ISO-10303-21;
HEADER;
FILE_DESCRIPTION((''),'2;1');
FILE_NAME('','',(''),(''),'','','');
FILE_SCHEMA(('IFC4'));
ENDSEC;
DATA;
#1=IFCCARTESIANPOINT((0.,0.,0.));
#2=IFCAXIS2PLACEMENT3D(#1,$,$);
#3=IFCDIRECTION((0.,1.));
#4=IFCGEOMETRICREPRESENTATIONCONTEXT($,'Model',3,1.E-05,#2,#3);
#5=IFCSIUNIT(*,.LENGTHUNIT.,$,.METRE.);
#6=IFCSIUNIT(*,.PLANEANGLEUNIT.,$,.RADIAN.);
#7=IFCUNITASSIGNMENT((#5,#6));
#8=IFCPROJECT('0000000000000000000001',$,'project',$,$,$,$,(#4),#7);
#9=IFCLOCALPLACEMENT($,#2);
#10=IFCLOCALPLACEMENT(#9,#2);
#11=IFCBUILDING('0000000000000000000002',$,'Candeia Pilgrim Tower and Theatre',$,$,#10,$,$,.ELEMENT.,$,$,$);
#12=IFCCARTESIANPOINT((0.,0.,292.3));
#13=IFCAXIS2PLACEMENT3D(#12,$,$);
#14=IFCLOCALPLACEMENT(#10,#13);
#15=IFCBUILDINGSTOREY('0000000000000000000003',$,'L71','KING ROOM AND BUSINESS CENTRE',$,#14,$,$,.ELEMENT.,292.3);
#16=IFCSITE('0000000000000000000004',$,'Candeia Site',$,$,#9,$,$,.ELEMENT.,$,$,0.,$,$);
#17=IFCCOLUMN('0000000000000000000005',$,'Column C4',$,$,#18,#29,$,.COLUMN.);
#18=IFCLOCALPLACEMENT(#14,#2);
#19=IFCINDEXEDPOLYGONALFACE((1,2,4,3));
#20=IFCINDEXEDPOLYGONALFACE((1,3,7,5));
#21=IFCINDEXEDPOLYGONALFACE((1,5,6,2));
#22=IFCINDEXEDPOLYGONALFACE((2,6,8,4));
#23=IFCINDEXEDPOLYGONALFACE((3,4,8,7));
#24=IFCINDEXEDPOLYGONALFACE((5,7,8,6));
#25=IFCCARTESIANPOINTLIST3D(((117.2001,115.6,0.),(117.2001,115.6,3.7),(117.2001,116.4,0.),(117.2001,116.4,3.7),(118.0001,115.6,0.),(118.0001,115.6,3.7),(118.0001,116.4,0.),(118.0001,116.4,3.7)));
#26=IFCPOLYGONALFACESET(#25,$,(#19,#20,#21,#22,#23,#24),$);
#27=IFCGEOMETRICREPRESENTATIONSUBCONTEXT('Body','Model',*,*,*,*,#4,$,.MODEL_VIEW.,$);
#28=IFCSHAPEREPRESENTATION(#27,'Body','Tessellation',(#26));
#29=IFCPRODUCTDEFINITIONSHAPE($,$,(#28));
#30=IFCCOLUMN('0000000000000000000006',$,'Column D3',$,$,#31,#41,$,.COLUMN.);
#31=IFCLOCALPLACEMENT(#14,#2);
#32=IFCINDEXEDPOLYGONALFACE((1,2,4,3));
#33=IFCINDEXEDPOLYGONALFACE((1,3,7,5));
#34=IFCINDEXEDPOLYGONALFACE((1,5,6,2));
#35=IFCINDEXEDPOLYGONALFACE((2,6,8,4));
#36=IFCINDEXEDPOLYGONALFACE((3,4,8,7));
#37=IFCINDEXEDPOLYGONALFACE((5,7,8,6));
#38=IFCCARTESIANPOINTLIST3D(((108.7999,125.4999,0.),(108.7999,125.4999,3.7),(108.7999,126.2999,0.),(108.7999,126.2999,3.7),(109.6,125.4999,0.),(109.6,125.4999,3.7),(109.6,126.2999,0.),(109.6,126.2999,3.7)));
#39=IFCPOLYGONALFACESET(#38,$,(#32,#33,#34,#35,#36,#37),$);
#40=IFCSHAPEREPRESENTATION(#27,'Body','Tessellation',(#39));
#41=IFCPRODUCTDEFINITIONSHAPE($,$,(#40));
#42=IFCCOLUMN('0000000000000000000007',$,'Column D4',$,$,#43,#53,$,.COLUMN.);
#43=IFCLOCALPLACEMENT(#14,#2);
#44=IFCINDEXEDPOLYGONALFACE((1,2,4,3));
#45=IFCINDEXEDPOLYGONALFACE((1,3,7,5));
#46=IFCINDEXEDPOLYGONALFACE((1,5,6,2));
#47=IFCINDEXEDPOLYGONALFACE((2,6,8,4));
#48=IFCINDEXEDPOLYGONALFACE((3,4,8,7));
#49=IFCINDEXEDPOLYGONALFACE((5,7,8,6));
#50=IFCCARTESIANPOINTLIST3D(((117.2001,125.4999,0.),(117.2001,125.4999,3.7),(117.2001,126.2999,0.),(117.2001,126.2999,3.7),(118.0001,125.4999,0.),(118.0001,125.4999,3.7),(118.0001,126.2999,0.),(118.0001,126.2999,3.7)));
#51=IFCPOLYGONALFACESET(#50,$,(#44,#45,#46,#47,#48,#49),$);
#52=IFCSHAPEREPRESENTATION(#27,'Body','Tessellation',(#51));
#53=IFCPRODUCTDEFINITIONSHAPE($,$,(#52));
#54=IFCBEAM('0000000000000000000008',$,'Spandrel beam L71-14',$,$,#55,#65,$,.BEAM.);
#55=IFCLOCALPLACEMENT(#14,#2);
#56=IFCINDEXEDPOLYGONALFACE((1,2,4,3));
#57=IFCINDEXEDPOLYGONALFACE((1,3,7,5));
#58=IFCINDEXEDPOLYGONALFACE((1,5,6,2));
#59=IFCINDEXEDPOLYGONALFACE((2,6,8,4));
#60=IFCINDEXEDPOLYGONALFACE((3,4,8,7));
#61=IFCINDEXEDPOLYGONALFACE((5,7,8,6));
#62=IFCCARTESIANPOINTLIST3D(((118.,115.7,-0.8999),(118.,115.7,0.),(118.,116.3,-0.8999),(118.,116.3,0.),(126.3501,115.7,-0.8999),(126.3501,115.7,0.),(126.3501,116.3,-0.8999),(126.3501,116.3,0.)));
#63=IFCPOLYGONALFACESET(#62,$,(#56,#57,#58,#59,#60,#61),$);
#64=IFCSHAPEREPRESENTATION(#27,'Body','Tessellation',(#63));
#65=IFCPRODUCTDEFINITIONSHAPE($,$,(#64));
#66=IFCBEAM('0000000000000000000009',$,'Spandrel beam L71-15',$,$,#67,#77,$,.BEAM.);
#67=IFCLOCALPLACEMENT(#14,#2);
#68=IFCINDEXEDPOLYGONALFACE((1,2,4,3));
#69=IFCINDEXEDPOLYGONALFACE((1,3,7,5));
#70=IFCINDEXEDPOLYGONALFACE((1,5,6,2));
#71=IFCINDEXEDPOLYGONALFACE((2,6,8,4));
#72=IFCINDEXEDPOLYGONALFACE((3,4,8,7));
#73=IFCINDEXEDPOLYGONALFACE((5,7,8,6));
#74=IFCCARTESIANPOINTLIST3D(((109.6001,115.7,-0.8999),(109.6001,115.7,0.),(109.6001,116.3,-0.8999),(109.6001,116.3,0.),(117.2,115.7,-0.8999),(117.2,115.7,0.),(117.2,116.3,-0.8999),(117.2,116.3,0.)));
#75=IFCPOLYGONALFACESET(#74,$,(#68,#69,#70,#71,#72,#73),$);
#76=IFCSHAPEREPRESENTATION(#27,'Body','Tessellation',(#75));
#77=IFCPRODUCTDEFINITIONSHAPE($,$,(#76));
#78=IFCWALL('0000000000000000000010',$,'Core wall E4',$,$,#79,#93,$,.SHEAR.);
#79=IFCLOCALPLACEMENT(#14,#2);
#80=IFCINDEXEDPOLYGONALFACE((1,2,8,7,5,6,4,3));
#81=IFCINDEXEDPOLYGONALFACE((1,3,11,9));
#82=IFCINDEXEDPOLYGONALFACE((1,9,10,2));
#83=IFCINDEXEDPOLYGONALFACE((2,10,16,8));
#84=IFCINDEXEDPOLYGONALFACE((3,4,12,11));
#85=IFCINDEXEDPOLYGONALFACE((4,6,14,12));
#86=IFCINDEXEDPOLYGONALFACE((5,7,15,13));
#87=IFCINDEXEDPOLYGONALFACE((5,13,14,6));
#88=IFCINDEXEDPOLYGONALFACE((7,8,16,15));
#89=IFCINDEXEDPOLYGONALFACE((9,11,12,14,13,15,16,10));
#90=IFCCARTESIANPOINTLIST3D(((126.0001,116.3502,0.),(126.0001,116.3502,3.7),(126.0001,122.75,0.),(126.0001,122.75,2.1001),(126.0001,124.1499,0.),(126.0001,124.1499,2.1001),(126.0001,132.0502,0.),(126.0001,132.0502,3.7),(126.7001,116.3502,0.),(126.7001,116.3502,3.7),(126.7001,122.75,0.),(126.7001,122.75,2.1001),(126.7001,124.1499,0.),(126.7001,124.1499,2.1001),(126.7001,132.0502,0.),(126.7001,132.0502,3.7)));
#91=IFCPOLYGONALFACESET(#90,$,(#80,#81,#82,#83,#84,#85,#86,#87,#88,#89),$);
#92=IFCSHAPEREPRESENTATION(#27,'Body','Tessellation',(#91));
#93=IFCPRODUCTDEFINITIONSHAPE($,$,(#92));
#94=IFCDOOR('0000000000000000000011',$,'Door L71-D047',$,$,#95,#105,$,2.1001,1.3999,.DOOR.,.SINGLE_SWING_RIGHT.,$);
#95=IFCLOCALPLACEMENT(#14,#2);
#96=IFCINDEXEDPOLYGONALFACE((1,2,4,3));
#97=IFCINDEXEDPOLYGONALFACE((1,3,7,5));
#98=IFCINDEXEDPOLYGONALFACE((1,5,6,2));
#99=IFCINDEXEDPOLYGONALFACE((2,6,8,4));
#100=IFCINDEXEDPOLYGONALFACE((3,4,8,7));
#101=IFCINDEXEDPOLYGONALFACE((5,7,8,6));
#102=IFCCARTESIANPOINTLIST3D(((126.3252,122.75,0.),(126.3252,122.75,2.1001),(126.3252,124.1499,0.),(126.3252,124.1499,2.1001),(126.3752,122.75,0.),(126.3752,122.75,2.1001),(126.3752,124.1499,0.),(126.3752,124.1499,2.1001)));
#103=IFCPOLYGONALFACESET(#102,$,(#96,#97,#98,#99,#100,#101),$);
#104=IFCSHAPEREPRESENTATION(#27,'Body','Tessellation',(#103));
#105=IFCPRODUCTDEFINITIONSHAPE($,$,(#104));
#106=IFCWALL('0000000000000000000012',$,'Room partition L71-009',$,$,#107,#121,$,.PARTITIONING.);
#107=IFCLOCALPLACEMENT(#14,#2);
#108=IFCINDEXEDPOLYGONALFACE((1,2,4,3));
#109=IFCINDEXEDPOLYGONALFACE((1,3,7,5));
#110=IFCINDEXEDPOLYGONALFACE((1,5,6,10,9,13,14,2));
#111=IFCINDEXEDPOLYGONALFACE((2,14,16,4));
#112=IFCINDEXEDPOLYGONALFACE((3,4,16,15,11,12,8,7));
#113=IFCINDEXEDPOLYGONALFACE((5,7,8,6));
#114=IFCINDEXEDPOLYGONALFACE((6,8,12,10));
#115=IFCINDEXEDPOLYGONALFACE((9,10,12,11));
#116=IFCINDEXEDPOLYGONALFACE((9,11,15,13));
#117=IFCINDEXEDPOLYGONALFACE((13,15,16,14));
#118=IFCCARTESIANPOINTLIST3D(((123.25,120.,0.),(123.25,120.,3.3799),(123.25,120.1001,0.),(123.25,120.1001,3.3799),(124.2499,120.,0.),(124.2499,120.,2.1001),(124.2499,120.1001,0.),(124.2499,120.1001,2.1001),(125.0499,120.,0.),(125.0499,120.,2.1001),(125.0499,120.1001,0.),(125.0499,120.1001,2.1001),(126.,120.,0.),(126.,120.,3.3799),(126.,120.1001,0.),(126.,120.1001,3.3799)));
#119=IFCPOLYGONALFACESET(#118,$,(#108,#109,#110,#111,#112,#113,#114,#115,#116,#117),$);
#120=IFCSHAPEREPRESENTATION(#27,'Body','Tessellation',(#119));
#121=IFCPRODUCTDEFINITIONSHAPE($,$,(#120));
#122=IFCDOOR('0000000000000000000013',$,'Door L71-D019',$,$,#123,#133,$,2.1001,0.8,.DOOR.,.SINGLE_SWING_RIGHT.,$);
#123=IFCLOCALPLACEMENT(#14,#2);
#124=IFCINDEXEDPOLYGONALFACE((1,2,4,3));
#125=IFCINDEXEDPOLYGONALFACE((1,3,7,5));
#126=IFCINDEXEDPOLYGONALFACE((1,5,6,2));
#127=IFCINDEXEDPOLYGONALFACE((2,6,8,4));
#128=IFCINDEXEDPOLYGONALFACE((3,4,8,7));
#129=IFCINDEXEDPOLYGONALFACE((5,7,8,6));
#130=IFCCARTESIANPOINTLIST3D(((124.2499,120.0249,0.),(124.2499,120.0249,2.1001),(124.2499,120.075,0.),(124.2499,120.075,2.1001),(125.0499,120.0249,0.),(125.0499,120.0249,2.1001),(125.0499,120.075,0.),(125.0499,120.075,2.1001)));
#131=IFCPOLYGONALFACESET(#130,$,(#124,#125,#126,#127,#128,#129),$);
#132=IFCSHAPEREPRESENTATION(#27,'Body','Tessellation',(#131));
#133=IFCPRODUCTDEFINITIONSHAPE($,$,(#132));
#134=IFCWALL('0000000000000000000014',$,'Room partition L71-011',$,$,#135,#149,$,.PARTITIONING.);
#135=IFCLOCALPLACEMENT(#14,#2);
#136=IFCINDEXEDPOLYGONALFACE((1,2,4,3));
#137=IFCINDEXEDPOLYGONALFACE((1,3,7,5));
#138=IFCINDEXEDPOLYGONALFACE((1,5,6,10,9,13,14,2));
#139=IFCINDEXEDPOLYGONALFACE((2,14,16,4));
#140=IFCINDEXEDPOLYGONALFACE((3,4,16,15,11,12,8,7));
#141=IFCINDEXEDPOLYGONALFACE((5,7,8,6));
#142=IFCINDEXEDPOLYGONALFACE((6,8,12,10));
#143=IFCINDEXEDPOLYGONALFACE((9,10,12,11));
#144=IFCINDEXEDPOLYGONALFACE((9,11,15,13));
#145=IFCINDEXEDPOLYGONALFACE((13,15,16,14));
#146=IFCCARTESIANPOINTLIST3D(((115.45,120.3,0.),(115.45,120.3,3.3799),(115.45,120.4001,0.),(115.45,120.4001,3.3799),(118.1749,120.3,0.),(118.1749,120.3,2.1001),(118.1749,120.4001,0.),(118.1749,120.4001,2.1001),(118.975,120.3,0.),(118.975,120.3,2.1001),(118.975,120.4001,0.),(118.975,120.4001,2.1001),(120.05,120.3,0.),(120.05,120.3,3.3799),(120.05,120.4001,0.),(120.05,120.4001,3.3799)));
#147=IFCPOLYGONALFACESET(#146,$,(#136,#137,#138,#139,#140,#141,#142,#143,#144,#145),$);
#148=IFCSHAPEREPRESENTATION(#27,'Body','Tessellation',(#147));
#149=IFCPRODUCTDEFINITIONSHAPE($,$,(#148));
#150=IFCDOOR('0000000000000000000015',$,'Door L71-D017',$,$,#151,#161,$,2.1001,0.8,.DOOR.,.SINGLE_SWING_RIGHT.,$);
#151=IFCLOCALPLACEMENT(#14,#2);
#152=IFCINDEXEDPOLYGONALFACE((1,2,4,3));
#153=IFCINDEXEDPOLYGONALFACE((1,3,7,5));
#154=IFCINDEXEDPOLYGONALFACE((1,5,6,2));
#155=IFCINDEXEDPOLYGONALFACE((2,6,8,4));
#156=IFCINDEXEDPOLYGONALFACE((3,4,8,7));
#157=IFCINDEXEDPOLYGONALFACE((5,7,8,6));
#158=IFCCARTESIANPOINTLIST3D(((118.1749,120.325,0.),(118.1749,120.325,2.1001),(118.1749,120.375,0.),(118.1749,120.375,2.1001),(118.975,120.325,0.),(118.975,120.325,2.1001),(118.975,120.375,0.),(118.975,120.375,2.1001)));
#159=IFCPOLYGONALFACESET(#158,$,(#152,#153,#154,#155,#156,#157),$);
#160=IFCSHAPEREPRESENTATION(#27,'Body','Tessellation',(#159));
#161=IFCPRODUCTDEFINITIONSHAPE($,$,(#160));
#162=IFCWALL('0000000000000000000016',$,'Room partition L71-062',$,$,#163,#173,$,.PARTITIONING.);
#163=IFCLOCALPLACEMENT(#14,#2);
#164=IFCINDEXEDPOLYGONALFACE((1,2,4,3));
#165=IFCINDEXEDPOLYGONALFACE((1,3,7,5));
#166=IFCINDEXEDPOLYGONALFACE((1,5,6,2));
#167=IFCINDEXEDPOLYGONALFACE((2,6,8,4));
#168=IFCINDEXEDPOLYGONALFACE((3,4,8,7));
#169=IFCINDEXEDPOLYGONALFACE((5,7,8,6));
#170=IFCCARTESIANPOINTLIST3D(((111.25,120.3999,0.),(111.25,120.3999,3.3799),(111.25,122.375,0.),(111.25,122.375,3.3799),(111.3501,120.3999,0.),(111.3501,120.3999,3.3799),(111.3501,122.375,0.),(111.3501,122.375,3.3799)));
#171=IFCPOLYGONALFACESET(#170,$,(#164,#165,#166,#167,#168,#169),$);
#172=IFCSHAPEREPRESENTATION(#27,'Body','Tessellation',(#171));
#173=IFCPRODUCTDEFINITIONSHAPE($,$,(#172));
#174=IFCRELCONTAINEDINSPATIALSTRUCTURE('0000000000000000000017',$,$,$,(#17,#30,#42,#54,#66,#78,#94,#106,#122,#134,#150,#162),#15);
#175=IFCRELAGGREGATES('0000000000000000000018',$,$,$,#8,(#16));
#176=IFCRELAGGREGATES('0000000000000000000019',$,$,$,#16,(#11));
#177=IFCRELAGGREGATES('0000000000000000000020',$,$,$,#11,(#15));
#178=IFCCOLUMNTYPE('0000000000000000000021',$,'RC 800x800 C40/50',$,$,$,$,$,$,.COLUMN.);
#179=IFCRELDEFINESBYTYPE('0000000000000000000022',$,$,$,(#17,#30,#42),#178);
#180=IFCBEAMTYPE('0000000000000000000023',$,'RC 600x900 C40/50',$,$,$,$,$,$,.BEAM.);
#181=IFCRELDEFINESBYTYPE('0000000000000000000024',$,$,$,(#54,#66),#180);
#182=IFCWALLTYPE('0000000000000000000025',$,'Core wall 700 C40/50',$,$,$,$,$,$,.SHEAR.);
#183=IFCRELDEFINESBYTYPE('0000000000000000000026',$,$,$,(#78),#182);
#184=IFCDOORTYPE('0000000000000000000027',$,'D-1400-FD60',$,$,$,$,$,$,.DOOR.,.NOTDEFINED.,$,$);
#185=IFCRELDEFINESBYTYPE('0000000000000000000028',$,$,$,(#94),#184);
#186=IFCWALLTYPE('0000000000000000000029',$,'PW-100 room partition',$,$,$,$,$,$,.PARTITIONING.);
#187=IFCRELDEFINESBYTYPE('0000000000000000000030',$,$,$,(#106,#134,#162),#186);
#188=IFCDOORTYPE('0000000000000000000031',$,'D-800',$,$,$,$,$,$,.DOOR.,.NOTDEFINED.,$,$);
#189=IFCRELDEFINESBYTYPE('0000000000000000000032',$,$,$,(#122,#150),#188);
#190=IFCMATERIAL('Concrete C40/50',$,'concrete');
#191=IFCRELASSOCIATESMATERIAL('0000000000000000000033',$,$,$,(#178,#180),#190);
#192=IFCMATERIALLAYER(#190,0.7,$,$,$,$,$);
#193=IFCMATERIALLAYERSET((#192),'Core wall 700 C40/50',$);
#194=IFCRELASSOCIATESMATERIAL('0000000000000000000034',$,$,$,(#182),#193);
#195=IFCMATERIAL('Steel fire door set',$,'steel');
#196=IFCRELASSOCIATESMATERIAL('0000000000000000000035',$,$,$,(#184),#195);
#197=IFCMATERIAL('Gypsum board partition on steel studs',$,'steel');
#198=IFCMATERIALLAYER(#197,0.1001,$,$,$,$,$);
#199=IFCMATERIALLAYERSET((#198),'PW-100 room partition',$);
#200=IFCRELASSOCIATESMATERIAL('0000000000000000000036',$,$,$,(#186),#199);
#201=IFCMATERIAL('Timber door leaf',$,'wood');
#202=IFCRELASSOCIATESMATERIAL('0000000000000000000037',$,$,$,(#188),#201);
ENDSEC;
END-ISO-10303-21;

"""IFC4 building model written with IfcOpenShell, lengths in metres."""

from ifc_helpers import new_model, si_unit, direction, frame, frame_2d, origin, origin_2d, place, context, subcontext, project, spatial, rectangle, extrude, material, layer, layer_set, material_profile, profile_set, type_object, element, fill, save


model = new_model("IFC4")

# Units and contexts
model_context = context("Model", 3, precision=1e-05, world=origin(), true_north=direction((0.0, 1.0)))
body_context = subcontext(model_context, "Body", "Model", "MODEL_VIEW")
ifc_project = project(units=[si_unit("LENGTHUNIT", "METRE"), si_unit("PLANEANGLEUNIT", "RADIAN")], contexts=[model_context])

# Site, building, storey
site_placement = place(None, origin())
site = spatial("IfcSite", under=ifc_project, at=site_placement, Name="Candeia Site", CompositionType="ELEMENT", RefElevation=0.0)
building_placement = place(site_placement, origin())
building = spatial("IfcBuilding", under=site, at=building_placement, Name="Candeia Pilgrim Tower and Theatre", CompositionType="ELEMENT")
storey_placement = place(building_placement, frame((0.0, 0.0, 292.3)))
storey = spatial("IfcBuildingStorey", under=building, at=storey_placement, Name="L71", Description="KING ROOM AND BUSINESS CENTRE", CompositionType="ELEMENT", Elevation=292.3)

# Columns
ifc_material_1 = material(Name="Concrete C40/50", Category="concrete")
ifc_material_profile_1 = material_profile(ifc_material_1, rectangle(XDim=0.8, YDim=0.8, at=origin_2d()))
ifc_profile_set_1 = profile_set([ifc_material_profile_1], Name="Concrete C40/50")
column_type = type_object("IfcColumnType", Name="RC 800x800 C40/50", PredefinedType="COLUMN", material=ifc_profile_set_1)
for number, where, z_axis, x_axis, name in (
    (1, (117.6001, 116.0, 0.0), (0.0, 0.0, 1.0), (1.0, 0.0, 0.0), "Column C4"),
    (2, (109.2, 125.8999, 0.0), (0.0, 0.0, 1.0), (1.0, 0.0, 0.0), "Column D3"),
    (3, (117.6001, 125.8999, 0.0), (0.0, 0.0, 1.0), (1.0, 0.0, 0.0), "Column D4"),
):
    element("IfcColumn", number, at=place(storey_placement, frame(where, z_axis=z_axis, x_axis=x_axis)), inside=storey, type_object=column_type, Name=name, PredefinedType="COLUMN", context=body_context, shape_type="SweptSolid", body=[
        extrude(rectangle(XDim=0.8, YDim=0.8, at=origin_2d()), origin(), (0.0, 0.0, 1.0), 3.7),
    ])

# Beams
ifc_material_profile_2 = material_profile(ifc_material_1, rectangle(XDim=0.6001, YDim=0.8999, at=origin_2d()))
ifc_profile_set_2 = profile_set([ifc_material_profile_2], Name="Concrete C40/50")
beam_type = type_object("IfcBeamType", Name="RC 600x900 C40/50", PredefinedType="BEAM", material=ifc_profile_set_2)
beam_1_placement = place(storey_placement, frame((126.3501, 116.0, -0.45), z_axis=(-1.0, 0.0, 0.0), x_axis=(0.0, -1.0, 0.0)))
element("IfcBeam", 4, at=beam_1_placement, inside=storey, type_object=beam_type, Name="Spandrel beam L71-14", PredefinedType="BEAM", context=body_context, shape_type="SweptSolid", body=[
    extrude(rectangle(XDim=0.6001, YDim=0.8999, at=origin_2d()), origin(), (0.0, 0.0, 1.0), 8.3501),
])
beam_2_placement = place(storey_placement, frame((117.2, 116.0, -0.45), z_axis=(-1.0, 0.0, 0.0), x_axis=(0.0, -1.0, 0.0)))
element("IfcBeam", 5, at=beam_2_placement, inside=storey, type_object=beam_type, Name="Spandrel beam L71-15", PredefinedType="BEAM", context=body_context, shape_type="SweptSolid", body=[
    extrude(rectangle(XDim=0.6001, YDim=0.8999, at=origin_2d()), origin(), (0.0, 0.0, 1.0), 7.5999),
])

# Walls, openings, doors
ifc_layer_1 = layer(ifc_material_1, 0.7)
ifc_layer_set_1 = layer_set([ifc_layer_1], Name="Core wall 700 C40/50")
wall_type_1 = type_object("IfcWallType", Name="Core wall 700 C40/50", PredefinedType="SHEAR", material=ifc_layer_set_1)
wall_1_placement = place(storey_placement, frame((126.3501, 116.3501, 0.0), z_axis=(0.0, 0.0, 1.0), x_axis=(0.0, 1.0, 0.0)))
wall_1 = element("IfcWall", 6, at=wall_1_placement, inside=storey, type_object=wall_type_1, Name="Core wall E4", PredefinedType="SHEAR", context=body_context, shape_type="SweptSolid", body=[
    extrude(rectangle(XDim=15.7, YDim=0.7, at=frame_2d((7.8501, 0.0))), origin(), (0.0, 0.0, 1.0), 3.7),
])
opening_1_placement = place(wall_1_placement, frame((6.3999, 0.0, 0.0)))
opening_1 = element("IfcOpeningElement", 7, at=opening_1_placement, cuts=wall_1, PredefinedType="OPENING", context=body_context, shape_type="SweptSolid", body=[
    extrude(rectangle(XDim=1.3999, YDim=2.1001, at=frame_2d((0.7, 1.05))), frame((0.0, 0.3599, 0.0), z_axis=(0.0, -1.0, 0.0), x_axis=(1.0, 0.0, 0.0)), (0.0, 0.0, 1.0), 0.72),
])
ifc_material_2 = material(Name="Steel fire door set", Category="steel")
door_type_1 = type_object("IfcDoorType", Name="D-1400-FD60", OperationType="NOTDEFINED", PredefinedType="DOOR", material=ifc_material_2)
door_1_placement = place(opening_1_placement, origin())
door_1 = element("IfcDoor", 8, at=door_1_placement, inside=storey, type_object=door_type_1, Name="Door L71-D047", OperationType="SINGLE_SWING_RIGHT", OverallHeight=2.1001, OverallWidth=1.3999, PredefinedType="DOOR", context=body_context, shape_type="SweptSolid", body=[
    extrude(rectangle(XDim=1.3999, YDim=2.1001, at=frame_2d((0.7, 1.05))), frame((0.0, 0.0249, 0.0), z_axis=(0.0, -1.0, 0.0), x_axis=(1.0, 0.0, 0.0)), (0.0, 0.0, 1.0), 0.05),
])
fill(opening_1, door_1)
ifc_material_3 = material(Name="Gypsum board partition on steel studs", Category="steel")
ifc_layer_2 = layer(ifc_material_3, 0.1001)
ifc_layer_set_2 = layer_set([ifc_layer_2], Name="PW-100 room partition")
wall_type_2 = type_object("IfcWallType", Name="PW-100 room partition", PredefinedType="PARTITIONING", material=ifc_layer_set_2)
wall_2_placement = place(storey_placement, frame((123.25, 120.05, 0.0), z_axis=(0.0, 0.0, 1.0), x_axis=(1.0, 0.0, 0.0)))
wall_2 = element("IfcWall", 9, at=wall_2_placement, inside=storey, type_object=wall_type_2, Name="Room partition L71-009", PredefinedType="PARTITIONING", context=body_context, shape_type="SweptSolid", body=[
    extrude(rectangle(XDim=2.75, YDim=0.1001, at=frame_2d((1.375, 0.0))), origin(), (0.0, 0.0, 1.0), 3.3799),
])
opening_2_placement = place(wall_2_placement, frame((1.0, 0.0, 0.0)))
opening_2 = element("IfcOpeningElement", 10, at=opening_2_placement, cuts=wall_2, PredefinedType="OPENING", context=body_context, shape_type="SweptSolid", body=[
    extrude(rectangle(XDim=0.8, YDim=2.1001, at=frame_2d((0.3999, 1.05))), frame((0.0, 0.0601, 0.0), z_axis=(0.0, -1.0, 0.0), x_axis=(1.0, 0.0, 0.0)), (0.0, 0.0, 1.0), 0.1201),
])
ifc_material_4 = material(Name="Timber door leaf", Category="wood")
door_type_2 = type_object("IfcDoorType", Name="D-800", OperationType="NOTDEFINED", PredefinedType="DOOR", material=ifc_material_4)
door_2_placement = place(opening_2_placement, origin())
door_2 = element("IfcDoor", 11, at=door_2_placement, inside=storey, type_object=door_type_2, Name="Door L71-D019", OperationType="SINGLE_SWING_RIGHT", OverallHeight=2.1001, OverallWidth=0.8, PredefinedType="DOOR", context=body_context, shape_type="SweptSolid", body=[
    extrude(rectangle(XDim=0.8, YDim=2.1001, at=frame_2d((0.3999, 1.05))), frame((0.0, 0.0249, 0.0), z_axis=(0.0, -1.0, 0.0), x_axis=(1.0, 0.0, 0.0)), (0.0, 0.0, 1.0), 0.05),
])
fill(opening_2, door_2)
wall_3_placement = place(storey_placement, frame((115.45, 120.3501, 0.0), z_axis=(0.0, 0.0, 1.0), x_axis=(1.0, 0.0, 0.0)))
wall_3 = element("IfcWall", 12, at=wall_3_placement, inside=storey, type_object=wall_type_2, Name="Room partition L71-011", PredefinedType="PARTITIONING", context=body_context, shape_type="SweptSolid", body=[
    extrude(rectangle(XDim=4.6001, YDim=0.1001, at=frame_2d((2.3, 0.0))), origin(), (0.0, 0.0, 1.0), 3.3799),
])
opening_3_placement = place(wall_3_placement, frame((2.7251, 0.0, 0.0)))
opening_3 = element("IfcOpeningElement", 13, at=opening_3_placement, cuts=wall_3, PredefinedType="OPENING", context=body_context, shape_type="SweptSolid", body=[
    extrude(rectangle(XDim=0.8, YDim=2.1001, at=frame_2d((0.3999, 1.05))), frame((0.0, 0.0601, 0.0), z_axis=(0.0, -1.0, 0.0), x_axis=(1.0, 0.0, 0.0)), (0.0, 0.0, 1.0), 0.1201),
])
door_3_placement = place(opening_3_placement, origin())
door_3 = element("IfcDoor", 14, at=door_3_placement, inside=storey, type_object=door_type_2, Name="Door L71-D017", OperationType="SINGLE_SWING_RIGHT", OverallHeight=2.1001, OverallWidth=0.8, PredefinedType="DOOR", context=body_context, shape_type="SweptSolid", body=[
    extrude(rectangle(XDim=0.8, YDim=2.1001, at=frame_2d((0.3999, 1.05))), frame((0.0, 0.0249, 0.0), z_axis=(0.0, -1.0, 0.0), x_axis=(1.0, 0.0, 0.0)), (0.0, 0.0, 1.0), 0.05),
])
fill(opening_3, door_3)

# Wall
wall_4_placement = place(storey_placement, frame((111.3, 120.3999, 0.0), z_axis=(0.0, 0.0, 1.0), x_axis=(0.0, 1.0, 0.0)))
element("IfcWall", 15, at=wall_4_placement, inside=storey, type_object=wall_type_2, Name="Room partition L71-062", PredefinedType="PARTITIONING", context=body_context, shape_type="SweptSolid", body=[
    extrude(rectangle(XDim=1.9751, YDim=0.1001, at=frame_2d((0.9875, 0.0))), origin(), (0.0, 0.0, 1.0), 3.3799),
])

save(model, "model.ifc")
